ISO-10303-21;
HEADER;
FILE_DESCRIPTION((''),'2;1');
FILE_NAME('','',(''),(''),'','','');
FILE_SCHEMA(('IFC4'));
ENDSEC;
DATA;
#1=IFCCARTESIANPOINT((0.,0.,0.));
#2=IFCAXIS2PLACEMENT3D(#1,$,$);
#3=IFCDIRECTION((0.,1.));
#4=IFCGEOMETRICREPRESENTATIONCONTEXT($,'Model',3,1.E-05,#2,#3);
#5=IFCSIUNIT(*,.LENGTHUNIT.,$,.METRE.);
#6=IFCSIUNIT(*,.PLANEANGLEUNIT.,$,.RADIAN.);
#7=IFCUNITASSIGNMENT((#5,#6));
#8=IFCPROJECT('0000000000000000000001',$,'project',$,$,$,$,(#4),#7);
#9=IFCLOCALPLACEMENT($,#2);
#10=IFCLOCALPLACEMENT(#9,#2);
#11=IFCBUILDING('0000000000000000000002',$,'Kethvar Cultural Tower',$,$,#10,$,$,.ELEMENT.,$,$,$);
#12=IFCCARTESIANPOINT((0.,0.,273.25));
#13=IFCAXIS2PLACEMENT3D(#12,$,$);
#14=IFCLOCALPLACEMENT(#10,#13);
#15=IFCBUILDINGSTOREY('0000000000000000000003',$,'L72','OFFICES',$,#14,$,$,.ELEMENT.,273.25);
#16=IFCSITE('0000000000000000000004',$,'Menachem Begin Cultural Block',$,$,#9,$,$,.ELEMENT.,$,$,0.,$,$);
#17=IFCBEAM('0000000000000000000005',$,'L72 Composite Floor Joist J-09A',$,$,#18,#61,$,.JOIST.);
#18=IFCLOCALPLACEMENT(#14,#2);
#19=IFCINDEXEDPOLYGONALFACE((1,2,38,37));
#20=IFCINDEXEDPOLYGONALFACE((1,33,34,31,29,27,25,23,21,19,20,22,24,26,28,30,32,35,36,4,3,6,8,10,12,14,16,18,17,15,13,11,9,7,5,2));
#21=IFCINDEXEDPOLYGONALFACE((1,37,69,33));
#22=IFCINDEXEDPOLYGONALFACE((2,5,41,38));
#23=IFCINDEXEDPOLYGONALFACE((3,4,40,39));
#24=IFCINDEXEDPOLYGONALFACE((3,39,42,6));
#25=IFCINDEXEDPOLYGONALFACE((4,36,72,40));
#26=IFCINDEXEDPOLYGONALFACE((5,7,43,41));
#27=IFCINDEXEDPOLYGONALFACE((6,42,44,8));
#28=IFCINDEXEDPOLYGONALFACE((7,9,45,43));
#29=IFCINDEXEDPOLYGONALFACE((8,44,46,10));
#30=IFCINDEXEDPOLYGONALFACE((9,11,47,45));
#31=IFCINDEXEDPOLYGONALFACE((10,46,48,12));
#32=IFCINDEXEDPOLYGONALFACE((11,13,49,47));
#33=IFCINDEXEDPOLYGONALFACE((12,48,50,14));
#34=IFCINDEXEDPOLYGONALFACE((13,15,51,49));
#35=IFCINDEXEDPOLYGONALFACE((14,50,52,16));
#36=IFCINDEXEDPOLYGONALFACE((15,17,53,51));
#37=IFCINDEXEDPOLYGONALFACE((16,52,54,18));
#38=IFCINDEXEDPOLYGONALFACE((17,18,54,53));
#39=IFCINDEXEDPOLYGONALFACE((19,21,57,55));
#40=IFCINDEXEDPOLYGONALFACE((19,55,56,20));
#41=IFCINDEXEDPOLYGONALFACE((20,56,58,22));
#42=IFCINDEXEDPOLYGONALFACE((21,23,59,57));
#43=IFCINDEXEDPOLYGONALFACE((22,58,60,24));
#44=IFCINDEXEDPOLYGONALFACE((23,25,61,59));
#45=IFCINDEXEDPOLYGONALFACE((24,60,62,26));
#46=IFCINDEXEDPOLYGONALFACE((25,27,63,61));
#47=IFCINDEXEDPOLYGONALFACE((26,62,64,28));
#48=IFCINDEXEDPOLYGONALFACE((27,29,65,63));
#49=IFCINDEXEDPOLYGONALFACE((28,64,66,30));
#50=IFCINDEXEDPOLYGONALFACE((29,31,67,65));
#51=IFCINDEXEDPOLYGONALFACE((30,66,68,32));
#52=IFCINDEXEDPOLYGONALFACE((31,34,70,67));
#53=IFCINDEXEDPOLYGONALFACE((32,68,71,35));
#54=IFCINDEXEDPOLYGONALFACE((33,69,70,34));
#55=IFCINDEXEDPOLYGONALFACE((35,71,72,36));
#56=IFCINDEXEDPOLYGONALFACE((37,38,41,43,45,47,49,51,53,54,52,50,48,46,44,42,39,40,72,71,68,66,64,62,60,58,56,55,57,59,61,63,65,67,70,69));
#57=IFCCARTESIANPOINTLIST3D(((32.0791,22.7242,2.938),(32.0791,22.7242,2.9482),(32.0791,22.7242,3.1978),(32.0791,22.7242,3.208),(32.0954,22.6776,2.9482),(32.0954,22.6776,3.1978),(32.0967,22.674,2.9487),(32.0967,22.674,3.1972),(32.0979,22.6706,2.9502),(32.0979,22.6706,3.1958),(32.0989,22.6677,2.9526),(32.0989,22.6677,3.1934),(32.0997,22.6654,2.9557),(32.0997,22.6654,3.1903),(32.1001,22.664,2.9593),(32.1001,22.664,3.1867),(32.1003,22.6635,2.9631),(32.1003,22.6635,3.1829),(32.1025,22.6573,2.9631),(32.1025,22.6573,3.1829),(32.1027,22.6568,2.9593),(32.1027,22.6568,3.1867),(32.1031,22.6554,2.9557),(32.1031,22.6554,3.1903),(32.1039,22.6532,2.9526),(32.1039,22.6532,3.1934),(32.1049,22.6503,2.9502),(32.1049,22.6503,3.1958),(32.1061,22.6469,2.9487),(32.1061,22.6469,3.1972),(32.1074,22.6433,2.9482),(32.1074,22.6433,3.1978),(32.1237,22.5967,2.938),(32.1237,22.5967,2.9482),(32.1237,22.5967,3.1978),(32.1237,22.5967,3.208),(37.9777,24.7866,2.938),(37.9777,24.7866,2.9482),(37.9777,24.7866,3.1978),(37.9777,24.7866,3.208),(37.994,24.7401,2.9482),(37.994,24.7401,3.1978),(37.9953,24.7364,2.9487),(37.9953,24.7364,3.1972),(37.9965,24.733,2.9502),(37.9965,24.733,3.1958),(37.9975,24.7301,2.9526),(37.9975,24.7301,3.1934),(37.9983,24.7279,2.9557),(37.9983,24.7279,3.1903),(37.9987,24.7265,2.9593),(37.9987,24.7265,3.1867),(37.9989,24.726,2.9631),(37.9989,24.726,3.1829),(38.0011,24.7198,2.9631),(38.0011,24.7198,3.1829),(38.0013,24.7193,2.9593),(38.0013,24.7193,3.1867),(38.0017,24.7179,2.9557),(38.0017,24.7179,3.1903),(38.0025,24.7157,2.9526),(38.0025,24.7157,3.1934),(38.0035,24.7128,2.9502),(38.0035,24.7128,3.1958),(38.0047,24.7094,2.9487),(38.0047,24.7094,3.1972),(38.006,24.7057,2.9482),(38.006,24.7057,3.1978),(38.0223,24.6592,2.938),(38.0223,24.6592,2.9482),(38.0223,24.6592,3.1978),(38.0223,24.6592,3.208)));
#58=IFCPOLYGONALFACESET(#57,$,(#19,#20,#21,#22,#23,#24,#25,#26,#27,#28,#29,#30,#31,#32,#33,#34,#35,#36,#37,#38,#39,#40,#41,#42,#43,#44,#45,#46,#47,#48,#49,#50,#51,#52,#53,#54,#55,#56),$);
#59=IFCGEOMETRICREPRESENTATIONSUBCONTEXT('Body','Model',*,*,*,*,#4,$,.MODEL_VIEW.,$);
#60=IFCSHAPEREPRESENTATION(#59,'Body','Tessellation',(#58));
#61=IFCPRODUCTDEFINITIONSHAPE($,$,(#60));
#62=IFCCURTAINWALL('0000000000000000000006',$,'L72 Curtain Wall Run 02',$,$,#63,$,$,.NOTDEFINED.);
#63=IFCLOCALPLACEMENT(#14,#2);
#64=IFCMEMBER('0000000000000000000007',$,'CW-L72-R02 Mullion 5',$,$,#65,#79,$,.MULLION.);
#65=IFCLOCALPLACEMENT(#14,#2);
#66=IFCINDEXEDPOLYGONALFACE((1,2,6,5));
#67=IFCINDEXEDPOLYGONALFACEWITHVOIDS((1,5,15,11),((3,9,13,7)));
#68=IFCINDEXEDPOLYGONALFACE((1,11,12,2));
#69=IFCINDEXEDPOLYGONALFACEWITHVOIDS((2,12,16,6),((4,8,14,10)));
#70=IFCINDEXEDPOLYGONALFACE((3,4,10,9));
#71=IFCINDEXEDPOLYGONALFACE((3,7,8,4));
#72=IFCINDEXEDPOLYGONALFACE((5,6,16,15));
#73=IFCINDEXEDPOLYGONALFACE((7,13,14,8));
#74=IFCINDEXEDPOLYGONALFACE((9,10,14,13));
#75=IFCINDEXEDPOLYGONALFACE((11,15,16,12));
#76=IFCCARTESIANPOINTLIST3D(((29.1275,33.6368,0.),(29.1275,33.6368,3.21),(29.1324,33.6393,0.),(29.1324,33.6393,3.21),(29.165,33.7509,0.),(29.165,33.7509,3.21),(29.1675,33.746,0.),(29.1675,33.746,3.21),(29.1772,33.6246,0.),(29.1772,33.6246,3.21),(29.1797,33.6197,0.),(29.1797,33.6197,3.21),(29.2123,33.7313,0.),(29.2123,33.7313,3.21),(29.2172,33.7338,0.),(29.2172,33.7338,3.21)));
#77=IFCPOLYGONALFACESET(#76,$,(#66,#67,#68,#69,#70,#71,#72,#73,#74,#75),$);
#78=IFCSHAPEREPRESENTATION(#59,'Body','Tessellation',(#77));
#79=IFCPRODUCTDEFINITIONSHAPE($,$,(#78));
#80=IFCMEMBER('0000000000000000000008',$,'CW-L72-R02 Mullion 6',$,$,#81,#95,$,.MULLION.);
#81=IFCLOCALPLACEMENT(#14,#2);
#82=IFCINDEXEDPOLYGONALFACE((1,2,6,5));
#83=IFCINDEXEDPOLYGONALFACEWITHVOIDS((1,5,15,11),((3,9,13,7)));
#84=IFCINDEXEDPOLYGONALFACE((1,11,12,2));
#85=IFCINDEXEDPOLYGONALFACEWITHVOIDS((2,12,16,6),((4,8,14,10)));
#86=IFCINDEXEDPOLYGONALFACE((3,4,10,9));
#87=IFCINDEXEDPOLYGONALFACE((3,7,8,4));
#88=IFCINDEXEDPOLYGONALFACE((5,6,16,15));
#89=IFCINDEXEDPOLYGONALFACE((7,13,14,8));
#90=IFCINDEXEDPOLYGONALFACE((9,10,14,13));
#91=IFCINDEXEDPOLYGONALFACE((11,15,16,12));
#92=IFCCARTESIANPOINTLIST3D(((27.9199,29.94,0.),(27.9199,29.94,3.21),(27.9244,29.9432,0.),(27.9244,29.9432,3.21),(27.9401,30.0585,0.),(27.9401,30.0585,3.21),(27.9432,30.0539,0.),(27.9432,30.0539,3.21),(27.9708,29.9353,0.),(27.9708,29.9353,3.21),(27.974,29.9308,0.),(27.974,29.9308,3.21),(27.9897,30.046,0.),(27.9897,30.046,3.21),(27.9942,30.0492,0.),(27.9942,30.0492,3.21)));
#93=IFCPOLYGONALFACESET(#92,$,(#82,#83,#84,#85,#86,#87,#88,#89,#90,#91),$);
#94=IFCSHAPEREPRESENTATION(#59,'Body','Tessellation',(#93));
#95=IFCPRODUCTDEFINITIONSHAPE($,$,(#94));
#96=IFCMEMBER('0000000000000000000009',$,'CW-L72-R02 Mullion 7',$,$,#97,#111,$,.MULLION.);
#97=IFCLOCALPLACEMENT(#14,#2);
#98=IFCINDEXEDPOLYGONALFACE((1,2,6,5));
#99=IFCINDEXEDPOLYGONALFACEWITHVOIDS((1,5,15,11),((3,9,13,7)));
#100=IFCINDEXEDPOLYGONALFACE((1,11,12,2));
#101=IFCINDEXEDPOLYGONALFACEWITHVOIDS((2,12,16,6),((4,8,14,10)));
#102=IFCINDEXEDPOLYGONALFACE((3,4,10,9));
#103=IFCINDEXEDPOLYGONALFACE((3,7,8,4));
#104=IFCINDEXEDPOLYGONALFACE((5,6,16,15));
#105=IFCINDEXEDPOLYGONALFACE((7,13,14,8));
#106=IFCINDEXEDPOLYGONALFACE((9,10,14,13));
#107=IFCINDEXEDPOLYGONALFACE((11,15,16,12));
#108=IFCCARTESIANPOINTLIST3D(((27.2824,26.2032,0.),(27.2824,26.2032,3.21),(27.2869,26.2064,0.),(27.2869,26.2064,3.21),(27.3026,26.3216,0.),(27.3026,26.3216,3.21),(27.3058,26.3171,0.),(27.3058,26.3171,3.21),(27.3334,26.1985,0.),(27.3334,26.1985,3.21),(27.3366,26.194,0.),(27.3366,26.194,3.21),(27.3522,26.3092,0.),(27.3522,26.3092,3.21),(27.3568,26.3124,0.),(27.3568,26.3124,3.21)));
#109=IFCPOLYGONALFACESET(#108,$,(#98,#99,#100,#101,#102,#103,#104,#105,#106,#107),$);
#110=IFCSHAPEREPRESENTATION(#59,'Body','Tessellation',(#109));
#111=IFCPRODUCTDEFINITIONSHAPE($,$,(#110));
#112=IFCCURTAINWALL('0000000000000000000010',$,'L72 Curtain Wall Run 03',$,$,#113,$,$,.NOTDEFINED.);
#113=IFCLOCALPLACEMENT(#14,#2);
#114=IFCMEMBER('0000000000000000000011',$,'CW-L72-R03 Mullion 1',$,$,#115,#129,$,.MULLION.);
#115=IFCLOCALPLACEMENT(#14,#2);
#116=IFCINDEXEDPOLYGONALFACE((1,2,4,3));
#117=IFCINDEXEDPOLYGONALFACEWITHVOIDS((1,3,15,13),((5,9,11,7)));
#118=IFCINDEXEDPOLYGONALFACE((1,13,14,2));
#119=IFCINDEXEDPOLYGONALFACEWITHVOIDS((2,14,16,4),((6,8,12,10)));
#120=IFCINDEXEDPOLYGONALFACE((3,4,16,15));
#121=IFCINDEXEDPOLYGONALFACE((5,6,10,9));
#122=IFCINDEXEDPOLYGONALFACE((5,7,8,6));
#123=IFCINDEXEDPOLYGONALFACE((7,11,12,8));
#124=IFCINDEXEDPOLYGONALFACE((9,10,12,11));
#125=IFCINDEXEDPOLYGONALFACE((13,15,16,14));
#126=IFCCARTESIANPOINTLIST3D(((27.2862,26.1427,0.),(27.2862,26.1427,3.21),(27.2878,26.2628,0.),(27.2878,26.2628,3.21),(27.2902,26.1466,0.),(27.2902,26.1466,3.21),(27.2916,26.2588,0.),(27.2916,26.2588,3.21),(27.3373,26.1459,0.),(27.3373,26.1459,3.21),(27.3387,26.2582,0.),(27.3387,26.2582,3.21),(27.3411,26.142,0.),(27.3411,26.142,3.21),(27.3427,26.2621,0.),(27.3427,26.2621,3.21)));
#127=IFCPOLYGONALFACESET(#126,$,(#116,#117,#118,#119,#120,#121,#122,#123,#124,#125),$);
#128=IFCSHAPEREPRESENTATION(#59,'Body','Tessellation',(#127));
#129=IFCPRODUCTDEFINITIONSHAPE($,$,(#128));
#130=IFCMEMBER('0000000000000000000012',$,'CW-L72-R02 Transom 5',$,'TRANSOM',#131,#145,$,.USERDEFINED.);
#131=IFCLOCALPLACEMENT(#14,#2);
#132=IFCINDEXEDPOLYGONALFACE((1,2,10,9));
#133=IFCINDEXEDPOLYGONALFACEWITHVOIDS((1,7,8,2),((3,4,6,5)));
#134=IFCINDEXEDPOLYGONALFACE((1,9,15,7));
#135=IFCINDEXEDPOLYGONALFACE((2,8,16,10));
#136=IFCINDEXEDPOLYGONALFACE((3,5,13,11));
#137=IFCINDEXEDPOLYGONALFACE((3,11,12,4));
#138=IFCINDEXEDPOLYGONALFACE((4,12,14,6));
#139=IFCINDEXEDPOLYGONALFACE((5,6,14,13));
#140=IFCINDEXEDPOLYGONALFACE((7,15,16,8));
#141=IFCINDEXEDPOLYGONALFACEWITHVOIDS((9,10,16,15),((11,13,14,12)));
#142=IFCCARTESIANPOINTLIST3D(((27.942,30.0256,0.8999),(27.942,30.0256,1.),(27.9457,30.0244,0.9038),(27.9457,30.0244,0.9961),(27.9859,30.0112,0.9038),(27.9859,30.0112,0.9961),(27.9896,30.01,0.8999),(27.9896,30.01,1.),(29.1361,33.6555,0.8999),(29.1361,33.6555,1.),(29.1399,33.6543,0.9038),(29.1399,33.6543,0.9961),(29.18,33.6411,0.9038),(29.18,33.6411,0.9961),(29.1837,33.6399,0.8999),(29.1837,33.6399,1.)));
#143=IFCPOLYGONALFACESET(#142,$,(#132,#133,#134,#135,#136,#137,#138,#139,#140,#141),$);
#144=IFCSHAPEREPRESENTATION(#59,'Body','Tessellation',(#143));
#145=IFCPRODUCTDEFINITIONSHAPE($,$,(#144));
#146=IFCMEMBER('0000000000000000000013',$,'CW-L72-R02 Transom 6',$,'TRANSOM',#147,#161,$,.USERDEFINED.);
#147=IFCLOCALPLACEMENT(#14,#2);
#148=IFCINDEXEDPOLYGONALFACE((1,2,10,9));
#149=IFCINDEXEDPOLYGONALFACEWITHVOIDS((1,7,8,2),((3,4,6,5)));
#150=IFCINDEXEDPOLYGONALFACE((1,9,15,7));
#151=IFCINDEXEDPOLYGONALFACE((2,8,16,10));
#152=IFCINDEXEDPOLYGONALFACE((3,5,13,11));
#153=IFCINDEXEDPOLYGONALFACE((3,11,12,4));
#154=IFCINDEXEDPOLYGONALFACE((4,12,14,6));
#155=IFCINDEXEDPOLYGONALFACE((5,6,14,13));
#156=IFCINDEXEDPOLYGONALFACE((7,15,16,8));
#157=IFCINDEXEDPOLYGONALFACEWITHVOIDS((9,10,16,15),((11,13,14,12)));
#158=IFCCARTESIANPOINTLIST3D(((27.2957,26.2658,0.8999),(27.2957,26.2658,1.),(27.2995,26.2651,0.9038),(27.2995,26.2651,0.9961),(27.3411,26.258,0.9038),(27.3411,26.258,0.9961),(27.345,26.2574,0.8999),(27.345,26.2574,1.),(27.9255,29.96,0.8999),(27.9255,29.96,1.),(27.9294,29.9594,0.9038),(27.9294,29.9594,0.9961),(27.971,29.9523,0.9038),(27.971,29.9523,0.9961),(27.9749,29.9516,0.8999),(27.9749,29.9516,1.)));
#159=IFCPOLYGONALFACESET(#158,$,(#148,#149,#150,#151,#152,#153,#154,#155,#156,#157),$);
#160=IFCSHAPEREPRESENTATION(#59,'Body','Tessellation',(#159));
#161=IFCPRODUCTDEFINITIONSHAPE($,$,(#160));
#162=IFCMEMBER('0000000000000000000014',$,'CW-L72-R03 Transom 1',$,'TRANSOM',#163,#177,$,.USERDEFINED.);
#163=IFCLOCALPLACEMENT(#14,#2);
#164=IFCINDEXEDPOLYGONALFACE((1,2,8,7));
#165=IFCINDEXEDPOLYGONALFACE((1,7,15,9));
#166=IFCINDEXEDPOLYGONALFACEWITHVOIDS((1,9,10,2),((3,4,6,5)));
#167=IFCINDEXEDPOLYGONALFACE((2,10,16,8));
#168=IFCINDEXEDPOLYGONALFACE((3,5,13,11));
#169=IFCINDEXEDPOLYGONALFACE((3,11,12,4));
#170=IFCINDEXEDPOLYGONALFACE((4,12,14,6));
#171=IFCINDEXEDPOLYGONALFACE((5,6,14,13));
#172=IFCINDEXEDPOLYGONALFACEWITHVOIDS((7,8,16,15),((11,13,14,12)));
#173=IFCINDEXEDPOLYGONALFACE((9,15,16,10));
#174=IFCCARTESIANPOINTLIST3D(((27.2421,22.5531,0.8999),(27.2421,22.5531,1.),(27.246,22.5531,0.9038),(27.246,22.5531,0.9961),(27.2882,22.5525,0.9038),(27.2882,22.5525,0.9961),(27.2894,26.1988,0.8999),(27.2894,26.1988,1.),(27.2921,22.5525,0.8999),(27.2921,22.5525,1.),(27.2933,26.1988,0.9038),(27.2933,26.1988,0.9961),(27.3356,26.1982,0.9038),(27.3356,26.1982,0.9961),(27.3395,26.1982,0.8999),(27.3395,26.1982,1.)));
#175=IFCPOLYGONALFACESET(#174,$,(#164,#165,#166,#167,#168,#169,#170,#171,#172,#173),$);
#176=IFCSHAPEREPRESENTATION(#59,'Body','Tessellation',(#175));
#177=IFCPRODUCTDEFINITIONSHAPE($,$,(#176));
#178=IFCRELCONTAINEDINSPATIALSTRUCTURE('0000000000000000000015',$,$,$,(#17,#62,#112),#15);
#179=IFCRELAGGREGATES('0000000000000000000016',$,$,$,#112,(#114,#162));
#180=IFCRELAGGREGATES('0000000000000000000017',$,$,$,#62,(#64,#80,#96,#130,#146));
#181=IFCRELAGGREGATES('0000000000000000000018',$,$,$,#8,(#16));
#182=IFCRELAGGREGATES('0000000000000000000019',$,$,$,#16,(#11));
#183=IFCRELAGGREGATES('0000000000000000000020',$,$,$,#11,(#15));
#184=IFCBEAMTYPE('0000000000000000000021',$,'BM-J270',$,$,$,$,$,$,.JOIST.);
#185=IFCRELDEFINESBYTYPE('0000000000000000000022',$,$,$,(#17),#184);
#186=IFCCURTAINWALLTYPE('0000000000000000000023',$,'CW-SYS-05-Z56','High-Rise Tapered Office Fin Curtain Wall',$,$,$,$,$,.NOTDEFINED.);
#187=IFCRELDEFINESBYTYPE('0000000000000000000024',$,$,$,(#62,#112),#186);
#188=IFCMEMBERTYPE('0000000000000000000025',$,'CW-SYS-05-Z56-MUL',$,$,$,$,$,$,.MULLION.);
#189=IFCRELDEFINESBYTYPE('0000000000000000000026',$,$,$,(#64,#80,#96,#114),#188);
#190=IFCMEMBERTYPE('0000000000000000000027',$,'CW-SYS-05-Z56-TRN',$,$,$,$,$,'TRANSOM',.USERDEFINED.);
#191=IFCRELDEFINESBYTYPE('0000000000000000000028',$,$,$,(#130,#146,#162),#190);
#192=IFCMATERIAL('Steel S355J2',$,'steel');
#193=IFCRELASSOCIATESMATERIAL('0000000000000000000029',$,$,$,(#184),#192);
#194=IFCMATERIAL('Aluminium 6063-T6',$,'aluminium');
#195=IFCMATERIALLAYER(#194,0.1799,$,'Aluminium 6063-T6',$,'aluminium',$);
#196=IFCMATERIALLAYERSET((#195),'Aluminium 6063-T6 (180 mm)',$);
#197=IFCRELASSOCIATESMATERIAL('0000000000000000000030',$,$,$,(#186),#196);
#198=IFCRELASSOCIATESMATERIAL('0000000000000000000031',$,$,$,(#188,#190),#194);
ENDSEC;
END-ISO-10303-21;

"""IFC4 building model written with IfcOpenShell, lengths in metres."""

from ifc_helpers import new_model, si_unit, direction, frame, origin, origin_2d, place, context, subcontext, project, spatial, hollow_rectangle, i_section, extrude, source, transform, mapped, material, layer, layer_set, material_profile, profile_set, type_object, element, aggregate, save


model = new_model("IFC4")

# Units and contexts
model_context = context("Model", 3, precision=1e-05, world=origin(), true_north=direction((0.0, 1.0)))
body_context = subcontext(model_context, "Body", "Model", "MODEL_VIEW")
ifc_project = project(units=[si_unit("LENGTHUNIT", "METRE"), si_unit("PLANEANGLEUNIT", "RADIAN")], contexts=[model_context])

# Site, building, storey
site_placement = place(None, origin())
site = spatial("IfcSite", under=ifc_project, at=site_placement, Name="Menachem Begin Cultural Block", CompositionType="ELEMENT", RefElevation=0.0)
building_placement = place(site_placement, origin())
building = spatial("IfcBuilding", under=site, at=building_placement, Name="Kethvar Cultural Tower", CompositionType="ELEMENT")
storey_placement = place(building_placement, frame((0.0, 0.0, 273.25)))
storey = spatial("IfcBuildingStorey", under=building, at=storey_placement, Name="L72", Description="OFFICES", CompositionType="ELEMENT", Elevation=273.25)

# Shared definitions
ifc_material_1 = material(Name="Steel S355J2", Category="steel")

# Beam
ifc_material_profile_1 = material_profile(ifc_material_1, i_section(OverallWidth=0.135, OverallDepth=0.27, WebThickness=0.0066, FlangeThickness=0.0103, FilletRadius=0.0149, at=origin_2d()), Name="Steel S355J2 — IPE270")
ifc_profile_set_1 = profile_set([ifc_material_profile_1], Name="Steel S355J2 — IPE270")
beam_type_1 = type_object("IfcBeamType", Name="BM-J270", PredefinedType="JOIST", material=ifc_profile_set_1)
shared_shape_1 = source(origin(), body_context, "Body", "SweptSolid", [
    extrude(i_section(OverallWidth=0.135, OverallDepth=0.27, WebThickness=0.0066, FlangeThickness=0.0103, FilletRadius=0.0149, at=origin_2d()), origin(), (0.0, 0.0, 1.0), 6.2488),
])
beam_1_placement = place(storey_placement, frame((38.0, 24.7229, 3.073), z_axis=(-0.94396, -0.33006, 0.0), x_axis=(0.33006, -0.94396, 0.0)))
element("IfcBeam", 1, at=beam_1_placement, inside=storey, type_object=beam_type_1, Name="L72 Composite Floor Joist J-09A", PredefinedType="JOIST", context=body_context, shape_type="MappedRepresentation", body=[
    mapped(shared_shape_1, transform((0.0, 0.0, 0.0), scale=1.0)),
])

# Curtain wall, members
ifc_material_2 = material(Name="Aluminium 6063-T6", Category="aluminium")
ifc_layer_1 = layer(ifc_material_2, 0.1799, Name="Aluminium 6063-T6", Category="aluminium")
ifc_layer_set_1 = layer_set([ifc_layer_1], Name="Aluminium 6063-T6 (180 mm)")
curtain_wall_type = type_object("IfcCurtainWallType", Name="CW-SYS-05-Z56", Description="High-Rise Tapered Office Fin Curtain Wall", PredefinedType="NOTDEFINED", material=ifc_layer_set_1)
curtain_wall_1_placement = place(storey_placement, origin())
curtain_wall_1 = element("IfcCurtainWall", 2, at=curtain_wall_1_placement, inside=storey, type_object=curtain_wall_type, Name="L72 Curtain Wall Run 02", PredefinedType="NOTDEFINED")
ifc_material_profile_2 = material_profile(ifc_material_2, hollow_rectangle(XDim=0.0549, YDim=0.1201, WallThickness=0.0039, at=origin_2d()), Name="Aluminium 6063-T6 — RHS120x55x4")
ifc_profile_set_2 = profile_set([ifc_material_profile_2], Name="Aluminium 6063-T6 — RHS120x55x4")
member_type_1 = type_object("IfcMemberType", Name="CW-SYS-05-Z56-MUL", PredefinedType="MULLION", material=ifc_profile_set_2)
shared_shape_2 = source(origin(), body_context, "Body", "SweptSolid", [
    extrude(hollow_rectangle(XDim=0.0549, YDim=0.1201, WallThickness=0.0039, at=origin_2d()), origin(), (0.0, 0.0, 1.0), 3.21),
])
member_1_placement = place(storey_placement, frame((29.1724, 33.6853, 0.0), z_axis=(0.0, 0.0, 1.0), x_axis=(0.949912, -0.312517, 0.0)))
member_1 = element("IfcMember", 3, at=member_1_placement, type_object=member_type_1, Name="CW-L72-R02 Mullion 5", PredefinedType="MULLION", context=body_context, shape_type="MappedRepresentation", body=[
    mapped(shared_shape_2, transform((0.0, 0.0, 0.0), scale=1.0)),
])
member_2_placement = place(storey_placement, frame((27.957, 29.9946, 0.0), z_axis=(0.0, 0.0, 1.0), x_axis=(0.985765, -0.168128, 0.0)))
member_2 = element("IfcMember", 4, at=member_2_placement, type_object=member_type_1, Name="CW-L72-R02 Mullion 6", PredefinedType="MULLION", context=body_context, shape_type="MappedRepresentation", body=[
    mapped(shared_shape_2, transform((0.0, 0.0, 0.0), scale=1.0)),
])
member_3_placement = place(storey_placement, frame((27.3196, 26.2578, 0.0), z_axis=(0.0, 0.0, 1.0), x_axis=(0.985765, -0.168128, 0.0)))
member_3 = element("IfcMember", 5, at=member_3_placement, type_object=member_type_1, Name="CW-L72-R02 Mullion 7", PredefinedType="MULLION", context=body_context, shape_type="MappedRepresentation", body=[
    mapped(shared_shape_2, transform((0.0, 0.0, 0.0), scale=1.0)),
])

# Curtain wall, member
curtain_wall_2_placement = place(storey_placement, origin())
curtain_wall_2 = element("IfcCurtainWall", 6, at=curtain_wall_2_placement, inside=storey, type_object=curtain_wall_type, Name="L72 Curtain Wall Run 03", PredefinedType="NOTDEFINED")
member_4_placement = place(storey_placement, frame((27.3145, 26.2024, 0.0), z_axis=(0.0, 0.0, 1.0), x_axis=(0.999916, -0.012985, 0.0)))
member_4 = element("IfcMember", 7, at=member_4_placement, type_object=member_type_1, Name="CW-L72-R03 Mullion 1", PredefinedType="MULLION", context=body_context, shape_type="MappedRepresentation", body=[
    mapped(shared_shape_2, transform((0.0, 0.0, 0.0), scale=1.0)),
])

# Members
ifc_material_profile_3 = material_profile(ifc_material_2, hollow_rectangle(XDim=0.05, YDim=0.1001, WallThickness=0.0039, at=origin_2d()), Name="Aluminium 6063-T6 — RHS100x50x4")
ifc_profile_set_3 = profile_set([ifc_material_profile_3], Name="Aluminium 6063-T6 — RHS100x50x4")
member_type_2 = type_object("IfcMemberType", Name="CW-SYS-05-Z56-TRN", ElementType="TRANSOM", PredefinedType="USERDEFINED", material=ifc_profile_set_3)
shared_shape_3 = source(origin(), body_context, "Body", "SweptSolid", [
    extrude(hollow_rectangle(XDim=0.05, YDim=0.1001, WallThickness=0.0039, at=origin_2d()), origin(), (0.0, 0.0, 1.0), 3.8213),
])
member_5_placement = place(storey_placement, frame((29.1599, 33.6477, 0.95), z_axis=(-0.312488, -0.949922, 0.0), x_axis=(0.949922, -0.312488, 0.0)))
member_5 = element("IfcMember", 8, at=member_5_placement, type_object=member_type_2, Name="CW-L72-R02 Transom 5", ObjectType="TRANSOM", PredefinedType="USERDEFINED", context=body_context, shape_type="MappedRepresentation", body=[
    mapped(shared_shape_3, transform((0.0, 0.0, 0.0), scale=1.0)),
])
shared_shape_4 = source(origin(), body_context, "Body", "SweptSolid", [
    extrude(hollow_rectangle(XDim=0.05, YDim=0.1001, WallThickness=0.0039, at=origin_2d()), origin(), (0.0, 0.0, 1.0), 3.7476),
])
member_6_placement = place(storey_placement, frame((27.9502, 29.9558, 0.95), z_axis=(-0.168074, -0.985774, 0.0), x_axis=(0.985774, -0.168074, 0.0)))
member_6 = element("IfcMember", 9, at=member_6_placement, type_object=member_type_2, Name="CW-L72-R02 Transom 6", ObjectType="TRANSOM", PredefinedType="USERDEFINED", context=body_context, shape_type="MappedRepresentation", body=[
    mapped(shared_shape_4, transform((0.0, 0.0, 0.0), scale=1.0)),
])
shared_shape_5 = source(origin(), body_context, "Body", "SweptSolid", [
    extrude(hollow_rectangle(XDim=0.05, YDim=0.1001, WallThickness=0.0039, at=origin_2d()), origin(), (0.0, 0.0, 1.0), 3.646),
])
member_7_placement = place(storey_placement, frame((27.3145, 26.1985, 0.95), z_axis=(-0.01299, -0.999916, 0.0), x_axis=(0.999916, -0.01299, 0.0)))
member_7 = element("IfcMember", 10, at=member_7_placement, type_object=member_type_2, Name="CW-L72-R03 Transom 1", ObjectType="TRANSOM", PredefinedType="USERDEFINED", context=body_context, shape_type="MappedRepresentation", body=[
    mapped(shared_shape_5, transform((0.0, 0.0, 0.0), scale=1.0)),
])
aggregate(curtain_wall_2, [member_4, member_7])

aggregate(curtain_wall_1, [member_1, member_2, member_3, member_5, member_6])

save(model, "model.ifc")
